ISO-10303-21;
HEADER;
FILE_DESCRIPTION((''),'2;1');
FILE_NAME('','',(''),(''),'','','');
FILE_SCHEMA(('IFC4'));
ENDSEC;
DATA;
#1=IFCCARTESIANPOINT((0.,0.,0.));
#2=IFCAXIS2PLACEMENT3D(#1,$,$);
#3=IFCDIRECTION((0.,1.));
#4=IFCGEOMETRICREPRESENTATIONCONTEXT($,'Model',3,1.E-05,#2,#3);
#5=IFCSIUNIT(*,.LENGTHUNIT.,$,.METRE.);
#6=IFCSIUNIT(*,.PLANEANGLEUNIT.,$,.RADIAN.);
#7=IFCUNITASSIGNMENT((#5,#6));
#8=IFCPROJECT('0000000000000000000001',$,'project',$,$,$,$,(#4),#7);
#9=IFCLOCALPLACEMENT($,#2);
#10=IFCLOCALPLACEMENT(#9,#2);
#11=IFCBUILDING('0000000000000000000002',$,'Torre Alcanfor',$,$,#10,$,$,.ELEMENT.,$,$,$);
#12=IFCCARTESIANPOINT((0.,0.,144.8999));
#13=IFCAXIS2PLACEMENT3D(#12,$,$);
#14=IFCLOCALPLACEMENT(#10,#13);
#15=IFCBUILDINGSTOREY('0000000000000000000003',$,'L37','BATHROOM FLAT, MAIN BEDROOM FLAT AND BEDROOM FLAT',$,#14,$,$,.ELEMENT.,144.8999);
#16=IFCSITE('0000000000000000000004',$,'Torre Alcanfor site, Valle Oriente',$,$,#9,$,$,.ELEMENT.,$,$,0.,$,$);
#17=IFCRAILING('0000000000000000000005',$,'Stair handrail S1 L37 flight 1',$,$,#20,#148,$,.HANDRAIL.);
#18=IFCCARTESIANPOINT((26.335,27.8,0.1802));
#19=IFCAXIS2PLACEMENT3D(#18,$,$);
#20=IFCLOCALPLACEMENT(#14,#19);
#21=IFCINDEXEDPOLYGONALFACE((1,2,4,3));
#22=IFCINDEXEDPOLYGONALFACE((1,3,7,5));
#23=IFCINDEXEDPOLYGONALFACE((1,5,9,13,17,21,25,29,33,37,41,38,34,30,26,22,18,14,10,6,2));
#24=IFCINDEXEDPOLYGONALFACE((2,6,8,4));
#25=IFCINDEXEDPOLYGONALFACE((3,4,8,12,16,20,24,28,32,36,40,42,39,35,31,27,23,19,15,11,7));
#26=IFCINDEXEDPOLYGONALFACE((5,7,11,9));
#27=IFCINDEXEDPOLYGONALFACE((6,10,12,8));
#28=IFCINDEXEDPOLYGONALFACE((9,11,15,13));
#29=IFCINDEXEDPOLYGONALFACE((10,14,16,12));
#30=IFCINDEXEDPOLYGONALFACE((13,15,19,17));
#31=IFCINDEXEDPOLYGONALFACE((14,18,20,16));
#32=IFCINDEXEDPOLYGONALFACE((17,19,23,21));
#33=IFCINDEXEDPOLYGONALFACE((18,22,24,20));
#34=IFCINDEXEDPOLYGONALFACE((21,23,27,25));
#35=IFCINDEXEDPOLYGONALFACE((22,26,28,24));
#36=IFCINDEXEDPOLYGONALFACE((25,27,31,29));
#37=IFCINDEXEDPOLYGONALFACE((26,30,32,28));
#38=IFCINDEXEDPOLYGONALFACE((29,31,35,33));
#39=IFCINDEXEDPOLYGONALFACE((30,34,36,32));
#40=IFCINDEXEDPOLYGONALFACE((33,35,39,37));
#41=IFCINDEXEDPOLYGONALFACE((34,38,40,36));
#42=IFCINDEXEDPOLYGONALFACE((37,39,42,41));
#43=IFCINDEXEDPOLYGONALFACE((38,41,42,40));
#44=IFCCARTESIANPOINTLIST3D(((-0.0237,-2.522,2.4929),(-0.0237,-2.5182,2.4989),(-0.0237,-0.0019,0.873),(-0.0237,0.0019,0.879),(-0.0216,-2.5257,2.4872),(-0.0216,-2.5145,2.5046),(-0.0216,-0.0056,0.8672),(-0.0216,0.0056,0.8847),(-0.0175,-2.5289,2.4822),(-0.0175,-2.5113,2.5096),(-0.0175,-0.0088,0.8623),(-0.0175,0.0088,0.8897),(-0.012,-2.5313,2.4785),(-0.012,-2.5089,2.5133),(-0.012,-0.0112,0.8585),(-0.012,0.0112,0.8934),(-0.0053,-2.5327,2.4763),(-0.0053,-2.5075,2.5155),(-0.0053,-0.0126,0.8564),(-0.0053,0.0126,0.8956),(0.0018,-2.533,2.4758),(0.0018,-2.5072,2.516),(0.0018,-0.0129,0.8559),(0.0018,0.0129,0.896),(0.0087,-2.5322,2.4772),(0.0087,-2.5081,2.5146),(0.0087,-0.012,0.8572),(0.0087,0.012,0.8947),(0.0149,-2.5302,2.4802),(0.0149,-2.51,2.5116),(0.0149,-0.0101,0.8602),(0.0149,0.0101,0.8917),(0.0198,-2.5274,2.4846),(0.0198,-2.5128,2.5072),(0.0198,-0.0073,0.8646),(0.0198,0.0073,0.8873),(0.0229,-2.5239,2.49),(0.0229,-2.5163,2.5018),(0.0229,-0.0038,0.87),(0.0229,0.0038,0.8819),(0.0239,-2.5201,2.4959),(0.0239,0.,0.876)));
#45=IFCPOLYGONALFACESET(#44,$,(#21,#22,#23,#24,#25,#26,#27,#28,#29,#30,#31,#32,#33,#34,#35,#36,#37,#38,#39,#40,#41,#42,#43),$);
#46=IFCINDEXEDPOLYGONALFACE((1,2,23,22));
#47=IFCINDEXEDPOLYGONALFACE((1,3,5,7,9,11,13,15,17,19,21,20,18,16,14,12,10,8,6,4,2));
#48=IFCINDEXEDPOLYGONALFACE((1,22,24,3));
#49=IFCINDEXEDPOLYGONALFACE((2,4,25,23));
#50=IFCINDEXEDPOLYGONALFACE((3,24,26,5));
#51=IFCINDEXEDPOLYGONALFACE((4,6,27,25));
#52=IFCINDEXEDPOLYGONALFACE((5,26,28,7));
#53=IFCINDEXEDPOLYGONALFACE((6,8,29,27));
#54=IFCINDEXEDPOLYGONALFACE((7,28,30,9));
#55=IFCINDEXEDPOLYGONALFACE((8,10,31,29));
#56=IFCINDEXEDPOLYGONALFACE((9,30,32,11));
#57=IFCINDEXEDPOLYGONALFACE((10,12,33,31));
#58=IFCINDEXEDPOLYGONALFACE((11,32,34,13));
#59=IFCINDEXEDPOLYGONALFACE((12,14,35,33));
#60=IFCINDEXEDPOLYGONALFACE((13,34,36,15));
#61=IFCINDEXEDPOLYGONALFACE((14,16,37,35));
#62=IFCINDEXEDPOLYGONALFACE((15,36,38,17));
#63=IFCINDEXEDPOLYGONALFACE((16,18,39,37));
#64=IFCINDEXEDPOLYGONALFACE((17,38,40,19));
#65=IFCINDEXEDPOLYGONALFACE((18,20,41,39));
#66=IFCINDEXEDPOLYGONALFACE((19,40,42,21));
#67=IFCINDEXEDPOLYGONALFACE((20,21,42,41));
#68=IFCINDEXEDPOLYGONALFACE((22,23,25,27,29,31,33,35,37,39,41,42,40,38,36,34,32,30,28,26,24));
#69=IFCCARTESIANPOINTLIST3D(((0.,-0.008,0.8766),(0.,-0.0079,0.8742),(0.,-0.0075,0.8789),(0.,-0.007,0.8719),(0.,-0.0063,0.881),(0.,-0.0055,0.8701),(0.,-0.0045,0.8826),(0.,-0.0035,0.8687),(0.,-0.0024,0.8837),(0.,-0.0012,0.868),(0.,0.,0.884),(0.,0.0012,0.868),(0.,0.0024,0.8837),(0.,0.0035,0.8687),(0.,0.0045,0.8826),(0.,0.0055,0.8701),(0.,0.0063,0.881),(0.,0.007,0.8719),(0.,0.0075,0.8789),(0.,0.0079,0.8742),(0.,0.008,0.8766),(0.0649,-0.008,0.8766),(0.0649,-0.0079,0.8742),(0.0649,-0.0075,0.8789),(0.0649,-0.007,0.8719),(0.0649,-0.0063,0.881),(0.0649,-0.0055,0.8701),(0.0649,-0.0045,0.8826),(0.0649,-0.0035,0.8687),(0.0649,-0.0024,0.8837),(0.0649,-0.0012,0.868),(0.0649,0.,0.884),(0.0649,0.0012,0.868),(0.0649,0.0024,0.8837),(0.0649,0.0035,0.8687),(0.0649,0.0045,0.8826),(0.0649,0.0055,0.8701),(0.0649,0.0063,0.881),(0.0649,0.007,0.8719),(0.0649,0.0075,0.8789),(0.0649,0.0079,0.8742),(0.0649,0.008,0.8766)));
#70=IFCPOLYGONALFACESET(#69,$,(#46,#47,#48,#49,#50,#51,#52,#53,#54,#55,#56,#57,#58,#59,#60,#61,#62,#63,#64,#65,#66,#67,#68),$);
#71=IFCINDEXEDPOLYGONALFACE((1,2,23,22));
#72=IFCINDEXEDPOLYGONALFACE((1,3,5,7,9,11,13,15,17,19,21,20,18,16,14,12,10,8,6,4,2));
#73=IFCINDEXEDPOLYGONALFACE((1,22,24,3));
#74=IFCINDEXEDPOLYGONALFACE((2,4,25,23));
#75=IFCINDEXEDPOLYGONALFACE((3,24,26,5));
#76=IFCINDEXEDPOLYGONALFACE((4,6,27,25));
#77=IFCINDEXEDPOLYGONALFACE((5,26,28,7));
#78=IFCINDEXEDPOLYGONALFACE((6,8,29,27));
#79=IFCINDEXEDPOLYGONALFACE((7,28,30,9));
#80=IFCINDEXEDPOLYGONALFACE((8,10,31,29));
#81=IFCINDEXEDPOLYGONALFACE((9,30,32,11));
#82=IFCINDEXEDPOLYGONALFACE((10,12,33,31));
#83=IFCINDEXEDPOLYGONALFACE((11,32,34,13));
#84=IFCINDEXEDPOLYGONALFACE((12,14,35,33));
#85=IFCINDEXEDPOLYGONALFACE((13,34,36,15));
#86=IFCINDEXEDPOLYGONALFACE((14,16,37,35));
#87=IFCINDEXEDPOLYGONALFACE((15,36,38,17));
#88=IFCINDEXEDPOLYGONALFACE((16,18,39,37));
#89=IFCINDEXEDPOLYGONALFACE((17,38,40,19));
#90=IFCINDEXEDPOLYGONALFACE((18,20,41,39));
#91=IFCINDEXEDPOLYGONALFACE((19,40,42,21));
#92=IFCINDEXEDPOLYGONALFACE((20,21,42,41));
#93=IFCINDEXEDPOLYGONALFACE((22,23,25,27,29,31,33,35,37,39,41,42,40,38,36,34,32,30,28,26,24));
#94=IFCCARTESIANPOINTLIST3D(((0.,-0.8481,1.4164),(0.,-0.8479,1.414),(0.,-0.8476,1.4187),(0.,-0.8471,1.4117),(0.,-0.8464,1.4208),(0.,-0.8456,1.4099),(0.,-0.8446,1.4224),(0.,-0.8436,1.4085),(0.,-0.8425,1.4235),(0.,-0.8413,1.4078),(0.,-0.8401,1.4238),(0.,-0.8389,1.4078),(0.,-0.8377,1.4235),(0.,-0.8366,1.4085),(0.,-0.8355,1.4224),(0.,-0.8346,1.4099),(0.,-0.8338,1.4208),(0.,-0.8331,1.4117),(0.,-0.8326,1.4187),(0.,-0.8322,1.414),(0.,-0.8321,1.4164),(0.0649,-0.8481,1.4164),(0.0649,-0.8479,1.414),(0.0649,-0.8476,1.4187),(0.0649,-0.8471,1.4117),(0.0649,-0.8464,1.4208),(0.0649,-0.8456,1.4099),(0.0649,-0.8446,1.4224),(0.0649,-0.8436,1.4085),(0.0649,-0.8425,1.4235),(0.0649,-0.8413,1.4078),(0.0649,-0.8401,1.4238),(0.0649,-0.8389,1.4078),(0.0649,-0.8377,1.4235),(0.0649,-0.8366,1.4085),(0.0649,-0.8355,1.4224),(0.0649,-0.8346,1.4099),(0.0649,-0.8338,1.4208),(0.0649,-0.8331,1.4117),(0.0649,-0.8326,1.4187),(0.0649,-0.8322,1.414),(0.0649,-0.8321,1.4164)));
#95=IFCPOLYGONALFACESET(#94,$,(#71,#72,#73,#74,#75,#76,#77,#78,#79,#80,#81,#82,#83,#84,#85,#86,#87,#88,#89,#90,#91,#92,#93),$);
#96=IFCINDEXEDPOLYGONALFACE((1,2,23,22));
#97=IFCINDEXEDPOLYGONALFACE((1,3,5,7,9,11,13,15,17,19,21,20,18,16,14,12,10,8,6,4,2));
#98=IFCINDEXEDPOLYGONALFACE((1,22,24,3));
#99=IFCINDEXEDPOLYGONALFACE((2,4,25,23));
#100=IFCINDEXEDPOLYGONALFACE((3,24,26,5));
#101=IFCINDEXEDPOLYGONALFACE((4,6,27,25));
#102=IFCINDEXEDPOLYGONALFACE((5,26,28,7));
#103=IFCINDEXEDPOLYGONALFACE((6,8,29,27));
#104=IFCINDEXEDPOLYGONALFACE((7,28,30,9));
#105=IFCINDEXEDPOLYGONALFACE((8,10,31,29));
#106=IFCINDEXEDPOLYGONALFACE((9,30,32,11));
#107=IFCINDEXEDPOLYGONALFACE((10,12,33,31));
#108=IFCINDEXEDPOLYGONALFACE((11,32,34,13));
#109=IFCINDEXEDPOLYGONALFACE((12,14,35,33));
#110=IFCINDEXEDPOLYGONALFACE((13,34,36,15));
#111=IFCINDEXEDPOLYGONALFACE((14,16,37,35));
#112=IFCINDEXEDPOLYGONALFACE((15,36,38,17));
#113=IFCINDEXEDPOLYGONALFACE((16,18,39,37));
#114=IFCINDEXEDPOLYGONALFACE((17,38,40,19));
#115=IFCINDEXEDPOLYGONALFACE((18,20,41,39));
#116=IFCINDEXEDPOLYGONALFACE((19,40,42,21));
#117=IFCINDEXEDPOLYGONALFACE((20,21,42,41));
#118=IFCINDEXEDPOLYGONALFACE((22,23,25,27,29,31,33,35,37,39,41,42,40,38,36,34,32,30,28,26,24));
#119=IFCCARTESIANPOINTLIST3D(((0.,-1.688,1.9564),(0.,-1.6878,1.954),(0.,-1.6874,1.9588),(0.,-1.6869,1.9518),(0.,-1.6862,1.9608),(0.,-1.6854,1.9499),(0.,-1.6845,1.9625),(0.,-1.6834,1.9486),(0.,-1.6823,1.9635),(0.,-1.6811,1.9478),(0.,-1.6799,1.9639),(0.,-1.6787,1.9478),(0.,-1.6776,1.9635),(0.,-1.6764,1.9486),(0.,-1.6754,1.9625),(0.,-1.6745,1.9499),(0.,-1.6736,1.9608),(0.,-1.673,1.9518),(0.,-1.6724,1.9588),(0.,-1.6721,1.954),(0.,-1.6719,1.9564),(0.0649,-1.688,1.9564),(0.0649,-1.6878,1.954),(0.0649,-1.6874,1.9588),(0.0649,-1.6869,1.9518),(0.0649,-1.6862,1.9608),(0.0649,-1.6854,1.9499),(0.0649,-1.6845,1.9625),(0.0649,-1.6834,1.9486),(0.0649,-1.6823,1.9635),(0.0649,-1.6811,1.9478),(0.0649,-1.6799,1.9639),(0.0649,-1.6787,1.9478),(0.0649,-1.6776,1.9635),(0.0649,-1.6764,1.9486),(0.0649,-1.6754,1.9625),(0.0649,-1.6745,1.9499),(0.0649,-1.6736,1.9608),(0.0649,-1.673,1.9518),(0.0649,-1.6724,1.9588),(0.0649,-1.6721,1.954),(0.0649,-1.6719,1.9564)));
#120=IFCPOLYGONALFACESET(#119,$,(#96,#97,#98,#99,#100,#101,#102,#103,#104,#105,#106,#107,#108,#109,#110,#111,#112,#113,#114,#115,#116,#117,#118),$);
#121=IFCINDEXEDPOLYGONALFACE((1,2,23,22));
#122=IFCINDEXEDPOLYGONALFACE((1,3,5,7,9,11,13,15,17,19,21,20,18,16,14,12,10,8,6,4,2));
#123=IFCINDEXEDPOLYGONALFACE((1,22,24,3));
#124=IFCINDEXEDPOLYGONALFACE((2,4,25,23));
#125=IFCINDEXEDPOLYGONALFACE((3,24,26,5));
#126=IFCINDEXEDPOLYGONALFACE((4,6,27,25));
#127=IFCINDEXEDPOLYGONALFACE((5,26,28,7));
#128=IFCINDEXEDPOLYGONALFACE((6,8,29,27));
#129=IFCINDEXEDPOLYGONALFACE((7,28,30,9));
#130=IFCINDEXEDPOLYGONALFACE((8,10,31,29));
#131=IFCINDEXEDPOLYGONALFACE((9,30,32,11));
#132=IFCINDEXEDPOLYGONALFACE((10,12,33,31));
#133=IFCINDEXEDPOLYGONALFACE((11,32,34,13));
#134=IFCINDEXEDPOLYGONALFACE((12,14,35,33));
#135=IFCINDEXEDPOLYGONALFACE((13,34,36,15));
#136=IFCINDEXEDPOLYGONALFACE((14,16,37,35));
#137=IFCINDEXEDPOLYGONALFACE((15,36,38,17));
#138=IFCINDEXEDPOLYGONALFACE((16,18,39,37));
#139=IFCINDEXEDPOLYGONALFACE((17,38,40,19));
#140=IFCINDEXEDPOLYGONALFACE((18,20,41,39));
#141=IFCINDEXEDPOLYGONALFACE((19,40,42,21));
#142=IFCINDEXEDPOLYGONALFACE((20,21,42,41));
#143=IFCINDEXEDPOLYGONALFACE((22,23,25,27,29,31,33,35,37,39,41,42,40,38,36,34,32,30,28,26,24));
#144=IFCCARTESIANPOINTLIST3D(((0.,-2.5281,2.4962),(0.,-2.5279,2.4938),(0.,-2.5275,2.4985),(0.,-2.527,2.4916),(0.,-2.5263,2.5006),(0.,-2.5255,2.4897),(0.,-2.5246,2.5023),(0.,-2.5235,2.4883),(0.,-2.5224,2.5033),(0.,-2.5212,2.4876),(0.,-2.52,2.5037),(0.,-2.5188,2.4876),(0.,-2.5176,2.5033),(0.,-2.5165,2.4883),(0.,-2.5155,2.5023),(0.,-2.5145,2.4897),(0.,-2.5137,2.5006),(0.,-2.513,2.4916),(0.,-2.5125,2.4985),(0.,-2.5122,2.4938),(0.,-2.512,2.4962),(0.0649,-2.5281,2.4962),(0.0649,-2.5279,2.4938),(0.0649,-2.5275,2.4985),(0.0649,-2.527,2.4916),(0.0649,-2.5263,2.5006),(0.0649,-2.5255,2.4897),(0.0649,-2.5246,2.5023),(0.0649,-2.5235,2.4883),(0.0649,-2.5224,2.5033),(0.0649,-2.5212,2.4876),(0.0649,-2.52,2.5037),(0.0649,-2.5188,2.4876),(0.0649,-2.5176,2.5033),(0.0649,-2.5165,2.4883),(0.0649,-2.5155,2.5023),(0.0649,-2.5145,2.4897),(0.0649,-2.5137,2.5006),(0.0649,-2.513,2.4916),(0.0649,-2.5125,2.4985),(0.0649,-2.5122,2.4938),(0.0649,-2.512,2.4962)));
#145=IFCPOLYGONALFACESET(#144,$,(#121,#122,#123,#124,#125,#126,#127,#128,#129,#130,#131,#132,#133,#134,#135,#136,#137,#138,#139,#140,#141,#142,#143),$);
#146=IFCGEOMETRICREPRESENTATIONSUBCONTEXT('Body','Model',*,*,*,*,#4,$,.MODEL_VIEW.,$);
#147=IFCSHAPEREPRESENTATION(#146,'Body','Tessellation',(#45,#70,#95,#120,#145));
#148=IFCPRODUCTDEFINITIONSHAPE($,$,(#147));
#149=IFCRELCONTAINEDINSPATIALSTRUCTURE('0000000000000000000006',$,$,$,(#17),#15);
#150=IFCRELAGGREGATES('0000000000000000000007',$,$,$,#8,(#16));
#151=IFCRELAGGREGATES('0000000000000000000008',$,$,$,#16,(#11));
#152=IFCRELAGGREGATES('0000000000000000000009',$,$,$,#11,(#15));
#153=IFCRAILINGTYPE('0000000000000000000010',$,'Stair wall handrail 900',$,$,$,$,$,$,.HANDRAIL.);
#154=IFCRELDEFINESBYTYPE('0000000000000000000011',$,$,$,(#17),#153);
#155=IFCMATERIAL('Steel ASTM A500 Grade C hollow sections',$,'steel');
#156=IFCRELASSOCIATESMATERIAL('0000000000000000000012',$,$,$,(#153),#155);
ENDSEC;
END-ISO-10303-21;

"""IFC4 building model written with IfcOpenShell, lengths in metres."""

from ifc_helpers import new_model, si_unit, direction, frame, origin, origin_2d, place, context, subcontext, project, spatial, circle, extrude, material, type_object, element, save


model = new_model("IFC4")

# Units and contexts
model_context = context("Model", 3, precision=1e-05, world=origin(), true_north=direction((0.0, 1.0)))
body_context = subcontext(model_context, "Body", "Model", "MODEL_VIEW")
ifc_project = project(units=[si_unit("LENGTHUNIT", "METRE"), si_unit("PLANEANGLEUNIT", "RADIAN")], contexts=[model_context])

# Site, building, storey
site_placement = place(None, origin())
site = spatial("IfcSite", under=ifc_project, at=site_placement, Name="Torre Alcanfor site, Valle Oriente", CompositionType="ELEMENT", RefElevation=0.0)
building_placement = place(site_placement, origin())
building = spatial("IfcBuilding", under=site, at=building_placement, Name="Torre Alcanfor", CompositionType="ELEMENT")
storey_placement = place(building_placement, frame((0.0, 0.0, 144.8999)))
storey = spatial("IfcBuildingStorey", under=building, at=storey_placement, Name="L37", Description="BATHROOM FLAT, MAIN BEDROOM FLAT AND BEDROOM FLAT", CompositionType="ELEMENT", Elevation=144.8999)

# Railing
ifc_material_1 = material(Name="Steel ASTM A500 Grade C hollow sections", Category="steel")
railing_type_1 = type_object("IfcRailingType", Name="Stair wall handrail 900", PredefinedType="HANDRAIL", material=ifc_material_1)
railing_1_placement = place(storey_placement, frame((26.335, 27.8, 0.1802)))
element("IfcRailing", 1, at=railing_1_placement, inside=storey, type_object=railing_type_1, Name="Stair handrail S1 L37 flight 1", PredefinedType="HANDRAIL", context=body_context, shape_type="SweptSolid", body=[
    extrude(circle(Radius=0.0239, at=origin_2d()), frame((0.0, 0.0, 0.876), z_axis=(0.0, -0.8412, 0.540725), x_axis=(1.0, 0.0, 0.0)), (0.0, 0.0, 1.0), 2.9958),
    extrude(circle(Radius=0.0081, at=origin_2d()), frame((0.0, 0.0, 0.876), z_axis=(1.0, 0.0, 0.0), x_axis=(0.0, 0.0, 1.0)), (0.0, 0.0, 1.0), 0.0649),
    extrude(circle(Radius=0.0081, at=origin_2d()), frame((0.0, -0.8401, 1.4158), z_axis=(1.0, 0.0, 0.0), x_axis=(0.0, 0.0, 1.0)), (0.0, 0.0, 1.0), 0.0649),
    extrude(circle(Radius=0.0081, at=origin_2d()), frame((0.0, -1.6799, 1.9558), z_axis=(1.0, 0.0, 0.0), x_axis=(0.0, 0.0, 1.0)), (0.0, 0.0, 1.0), 0.0649),
    extrude(circle(Radius=0.0081, at=origin_2d()), frame((0.0, -2.52, 2.4956), z_axis=(1.0, 0.0, 0.0), x_axis=(0.0, 0.0, 1.0)), (0.0, 0.0, 1.0), 0.0649),
])

save(model, "model.ifc")
